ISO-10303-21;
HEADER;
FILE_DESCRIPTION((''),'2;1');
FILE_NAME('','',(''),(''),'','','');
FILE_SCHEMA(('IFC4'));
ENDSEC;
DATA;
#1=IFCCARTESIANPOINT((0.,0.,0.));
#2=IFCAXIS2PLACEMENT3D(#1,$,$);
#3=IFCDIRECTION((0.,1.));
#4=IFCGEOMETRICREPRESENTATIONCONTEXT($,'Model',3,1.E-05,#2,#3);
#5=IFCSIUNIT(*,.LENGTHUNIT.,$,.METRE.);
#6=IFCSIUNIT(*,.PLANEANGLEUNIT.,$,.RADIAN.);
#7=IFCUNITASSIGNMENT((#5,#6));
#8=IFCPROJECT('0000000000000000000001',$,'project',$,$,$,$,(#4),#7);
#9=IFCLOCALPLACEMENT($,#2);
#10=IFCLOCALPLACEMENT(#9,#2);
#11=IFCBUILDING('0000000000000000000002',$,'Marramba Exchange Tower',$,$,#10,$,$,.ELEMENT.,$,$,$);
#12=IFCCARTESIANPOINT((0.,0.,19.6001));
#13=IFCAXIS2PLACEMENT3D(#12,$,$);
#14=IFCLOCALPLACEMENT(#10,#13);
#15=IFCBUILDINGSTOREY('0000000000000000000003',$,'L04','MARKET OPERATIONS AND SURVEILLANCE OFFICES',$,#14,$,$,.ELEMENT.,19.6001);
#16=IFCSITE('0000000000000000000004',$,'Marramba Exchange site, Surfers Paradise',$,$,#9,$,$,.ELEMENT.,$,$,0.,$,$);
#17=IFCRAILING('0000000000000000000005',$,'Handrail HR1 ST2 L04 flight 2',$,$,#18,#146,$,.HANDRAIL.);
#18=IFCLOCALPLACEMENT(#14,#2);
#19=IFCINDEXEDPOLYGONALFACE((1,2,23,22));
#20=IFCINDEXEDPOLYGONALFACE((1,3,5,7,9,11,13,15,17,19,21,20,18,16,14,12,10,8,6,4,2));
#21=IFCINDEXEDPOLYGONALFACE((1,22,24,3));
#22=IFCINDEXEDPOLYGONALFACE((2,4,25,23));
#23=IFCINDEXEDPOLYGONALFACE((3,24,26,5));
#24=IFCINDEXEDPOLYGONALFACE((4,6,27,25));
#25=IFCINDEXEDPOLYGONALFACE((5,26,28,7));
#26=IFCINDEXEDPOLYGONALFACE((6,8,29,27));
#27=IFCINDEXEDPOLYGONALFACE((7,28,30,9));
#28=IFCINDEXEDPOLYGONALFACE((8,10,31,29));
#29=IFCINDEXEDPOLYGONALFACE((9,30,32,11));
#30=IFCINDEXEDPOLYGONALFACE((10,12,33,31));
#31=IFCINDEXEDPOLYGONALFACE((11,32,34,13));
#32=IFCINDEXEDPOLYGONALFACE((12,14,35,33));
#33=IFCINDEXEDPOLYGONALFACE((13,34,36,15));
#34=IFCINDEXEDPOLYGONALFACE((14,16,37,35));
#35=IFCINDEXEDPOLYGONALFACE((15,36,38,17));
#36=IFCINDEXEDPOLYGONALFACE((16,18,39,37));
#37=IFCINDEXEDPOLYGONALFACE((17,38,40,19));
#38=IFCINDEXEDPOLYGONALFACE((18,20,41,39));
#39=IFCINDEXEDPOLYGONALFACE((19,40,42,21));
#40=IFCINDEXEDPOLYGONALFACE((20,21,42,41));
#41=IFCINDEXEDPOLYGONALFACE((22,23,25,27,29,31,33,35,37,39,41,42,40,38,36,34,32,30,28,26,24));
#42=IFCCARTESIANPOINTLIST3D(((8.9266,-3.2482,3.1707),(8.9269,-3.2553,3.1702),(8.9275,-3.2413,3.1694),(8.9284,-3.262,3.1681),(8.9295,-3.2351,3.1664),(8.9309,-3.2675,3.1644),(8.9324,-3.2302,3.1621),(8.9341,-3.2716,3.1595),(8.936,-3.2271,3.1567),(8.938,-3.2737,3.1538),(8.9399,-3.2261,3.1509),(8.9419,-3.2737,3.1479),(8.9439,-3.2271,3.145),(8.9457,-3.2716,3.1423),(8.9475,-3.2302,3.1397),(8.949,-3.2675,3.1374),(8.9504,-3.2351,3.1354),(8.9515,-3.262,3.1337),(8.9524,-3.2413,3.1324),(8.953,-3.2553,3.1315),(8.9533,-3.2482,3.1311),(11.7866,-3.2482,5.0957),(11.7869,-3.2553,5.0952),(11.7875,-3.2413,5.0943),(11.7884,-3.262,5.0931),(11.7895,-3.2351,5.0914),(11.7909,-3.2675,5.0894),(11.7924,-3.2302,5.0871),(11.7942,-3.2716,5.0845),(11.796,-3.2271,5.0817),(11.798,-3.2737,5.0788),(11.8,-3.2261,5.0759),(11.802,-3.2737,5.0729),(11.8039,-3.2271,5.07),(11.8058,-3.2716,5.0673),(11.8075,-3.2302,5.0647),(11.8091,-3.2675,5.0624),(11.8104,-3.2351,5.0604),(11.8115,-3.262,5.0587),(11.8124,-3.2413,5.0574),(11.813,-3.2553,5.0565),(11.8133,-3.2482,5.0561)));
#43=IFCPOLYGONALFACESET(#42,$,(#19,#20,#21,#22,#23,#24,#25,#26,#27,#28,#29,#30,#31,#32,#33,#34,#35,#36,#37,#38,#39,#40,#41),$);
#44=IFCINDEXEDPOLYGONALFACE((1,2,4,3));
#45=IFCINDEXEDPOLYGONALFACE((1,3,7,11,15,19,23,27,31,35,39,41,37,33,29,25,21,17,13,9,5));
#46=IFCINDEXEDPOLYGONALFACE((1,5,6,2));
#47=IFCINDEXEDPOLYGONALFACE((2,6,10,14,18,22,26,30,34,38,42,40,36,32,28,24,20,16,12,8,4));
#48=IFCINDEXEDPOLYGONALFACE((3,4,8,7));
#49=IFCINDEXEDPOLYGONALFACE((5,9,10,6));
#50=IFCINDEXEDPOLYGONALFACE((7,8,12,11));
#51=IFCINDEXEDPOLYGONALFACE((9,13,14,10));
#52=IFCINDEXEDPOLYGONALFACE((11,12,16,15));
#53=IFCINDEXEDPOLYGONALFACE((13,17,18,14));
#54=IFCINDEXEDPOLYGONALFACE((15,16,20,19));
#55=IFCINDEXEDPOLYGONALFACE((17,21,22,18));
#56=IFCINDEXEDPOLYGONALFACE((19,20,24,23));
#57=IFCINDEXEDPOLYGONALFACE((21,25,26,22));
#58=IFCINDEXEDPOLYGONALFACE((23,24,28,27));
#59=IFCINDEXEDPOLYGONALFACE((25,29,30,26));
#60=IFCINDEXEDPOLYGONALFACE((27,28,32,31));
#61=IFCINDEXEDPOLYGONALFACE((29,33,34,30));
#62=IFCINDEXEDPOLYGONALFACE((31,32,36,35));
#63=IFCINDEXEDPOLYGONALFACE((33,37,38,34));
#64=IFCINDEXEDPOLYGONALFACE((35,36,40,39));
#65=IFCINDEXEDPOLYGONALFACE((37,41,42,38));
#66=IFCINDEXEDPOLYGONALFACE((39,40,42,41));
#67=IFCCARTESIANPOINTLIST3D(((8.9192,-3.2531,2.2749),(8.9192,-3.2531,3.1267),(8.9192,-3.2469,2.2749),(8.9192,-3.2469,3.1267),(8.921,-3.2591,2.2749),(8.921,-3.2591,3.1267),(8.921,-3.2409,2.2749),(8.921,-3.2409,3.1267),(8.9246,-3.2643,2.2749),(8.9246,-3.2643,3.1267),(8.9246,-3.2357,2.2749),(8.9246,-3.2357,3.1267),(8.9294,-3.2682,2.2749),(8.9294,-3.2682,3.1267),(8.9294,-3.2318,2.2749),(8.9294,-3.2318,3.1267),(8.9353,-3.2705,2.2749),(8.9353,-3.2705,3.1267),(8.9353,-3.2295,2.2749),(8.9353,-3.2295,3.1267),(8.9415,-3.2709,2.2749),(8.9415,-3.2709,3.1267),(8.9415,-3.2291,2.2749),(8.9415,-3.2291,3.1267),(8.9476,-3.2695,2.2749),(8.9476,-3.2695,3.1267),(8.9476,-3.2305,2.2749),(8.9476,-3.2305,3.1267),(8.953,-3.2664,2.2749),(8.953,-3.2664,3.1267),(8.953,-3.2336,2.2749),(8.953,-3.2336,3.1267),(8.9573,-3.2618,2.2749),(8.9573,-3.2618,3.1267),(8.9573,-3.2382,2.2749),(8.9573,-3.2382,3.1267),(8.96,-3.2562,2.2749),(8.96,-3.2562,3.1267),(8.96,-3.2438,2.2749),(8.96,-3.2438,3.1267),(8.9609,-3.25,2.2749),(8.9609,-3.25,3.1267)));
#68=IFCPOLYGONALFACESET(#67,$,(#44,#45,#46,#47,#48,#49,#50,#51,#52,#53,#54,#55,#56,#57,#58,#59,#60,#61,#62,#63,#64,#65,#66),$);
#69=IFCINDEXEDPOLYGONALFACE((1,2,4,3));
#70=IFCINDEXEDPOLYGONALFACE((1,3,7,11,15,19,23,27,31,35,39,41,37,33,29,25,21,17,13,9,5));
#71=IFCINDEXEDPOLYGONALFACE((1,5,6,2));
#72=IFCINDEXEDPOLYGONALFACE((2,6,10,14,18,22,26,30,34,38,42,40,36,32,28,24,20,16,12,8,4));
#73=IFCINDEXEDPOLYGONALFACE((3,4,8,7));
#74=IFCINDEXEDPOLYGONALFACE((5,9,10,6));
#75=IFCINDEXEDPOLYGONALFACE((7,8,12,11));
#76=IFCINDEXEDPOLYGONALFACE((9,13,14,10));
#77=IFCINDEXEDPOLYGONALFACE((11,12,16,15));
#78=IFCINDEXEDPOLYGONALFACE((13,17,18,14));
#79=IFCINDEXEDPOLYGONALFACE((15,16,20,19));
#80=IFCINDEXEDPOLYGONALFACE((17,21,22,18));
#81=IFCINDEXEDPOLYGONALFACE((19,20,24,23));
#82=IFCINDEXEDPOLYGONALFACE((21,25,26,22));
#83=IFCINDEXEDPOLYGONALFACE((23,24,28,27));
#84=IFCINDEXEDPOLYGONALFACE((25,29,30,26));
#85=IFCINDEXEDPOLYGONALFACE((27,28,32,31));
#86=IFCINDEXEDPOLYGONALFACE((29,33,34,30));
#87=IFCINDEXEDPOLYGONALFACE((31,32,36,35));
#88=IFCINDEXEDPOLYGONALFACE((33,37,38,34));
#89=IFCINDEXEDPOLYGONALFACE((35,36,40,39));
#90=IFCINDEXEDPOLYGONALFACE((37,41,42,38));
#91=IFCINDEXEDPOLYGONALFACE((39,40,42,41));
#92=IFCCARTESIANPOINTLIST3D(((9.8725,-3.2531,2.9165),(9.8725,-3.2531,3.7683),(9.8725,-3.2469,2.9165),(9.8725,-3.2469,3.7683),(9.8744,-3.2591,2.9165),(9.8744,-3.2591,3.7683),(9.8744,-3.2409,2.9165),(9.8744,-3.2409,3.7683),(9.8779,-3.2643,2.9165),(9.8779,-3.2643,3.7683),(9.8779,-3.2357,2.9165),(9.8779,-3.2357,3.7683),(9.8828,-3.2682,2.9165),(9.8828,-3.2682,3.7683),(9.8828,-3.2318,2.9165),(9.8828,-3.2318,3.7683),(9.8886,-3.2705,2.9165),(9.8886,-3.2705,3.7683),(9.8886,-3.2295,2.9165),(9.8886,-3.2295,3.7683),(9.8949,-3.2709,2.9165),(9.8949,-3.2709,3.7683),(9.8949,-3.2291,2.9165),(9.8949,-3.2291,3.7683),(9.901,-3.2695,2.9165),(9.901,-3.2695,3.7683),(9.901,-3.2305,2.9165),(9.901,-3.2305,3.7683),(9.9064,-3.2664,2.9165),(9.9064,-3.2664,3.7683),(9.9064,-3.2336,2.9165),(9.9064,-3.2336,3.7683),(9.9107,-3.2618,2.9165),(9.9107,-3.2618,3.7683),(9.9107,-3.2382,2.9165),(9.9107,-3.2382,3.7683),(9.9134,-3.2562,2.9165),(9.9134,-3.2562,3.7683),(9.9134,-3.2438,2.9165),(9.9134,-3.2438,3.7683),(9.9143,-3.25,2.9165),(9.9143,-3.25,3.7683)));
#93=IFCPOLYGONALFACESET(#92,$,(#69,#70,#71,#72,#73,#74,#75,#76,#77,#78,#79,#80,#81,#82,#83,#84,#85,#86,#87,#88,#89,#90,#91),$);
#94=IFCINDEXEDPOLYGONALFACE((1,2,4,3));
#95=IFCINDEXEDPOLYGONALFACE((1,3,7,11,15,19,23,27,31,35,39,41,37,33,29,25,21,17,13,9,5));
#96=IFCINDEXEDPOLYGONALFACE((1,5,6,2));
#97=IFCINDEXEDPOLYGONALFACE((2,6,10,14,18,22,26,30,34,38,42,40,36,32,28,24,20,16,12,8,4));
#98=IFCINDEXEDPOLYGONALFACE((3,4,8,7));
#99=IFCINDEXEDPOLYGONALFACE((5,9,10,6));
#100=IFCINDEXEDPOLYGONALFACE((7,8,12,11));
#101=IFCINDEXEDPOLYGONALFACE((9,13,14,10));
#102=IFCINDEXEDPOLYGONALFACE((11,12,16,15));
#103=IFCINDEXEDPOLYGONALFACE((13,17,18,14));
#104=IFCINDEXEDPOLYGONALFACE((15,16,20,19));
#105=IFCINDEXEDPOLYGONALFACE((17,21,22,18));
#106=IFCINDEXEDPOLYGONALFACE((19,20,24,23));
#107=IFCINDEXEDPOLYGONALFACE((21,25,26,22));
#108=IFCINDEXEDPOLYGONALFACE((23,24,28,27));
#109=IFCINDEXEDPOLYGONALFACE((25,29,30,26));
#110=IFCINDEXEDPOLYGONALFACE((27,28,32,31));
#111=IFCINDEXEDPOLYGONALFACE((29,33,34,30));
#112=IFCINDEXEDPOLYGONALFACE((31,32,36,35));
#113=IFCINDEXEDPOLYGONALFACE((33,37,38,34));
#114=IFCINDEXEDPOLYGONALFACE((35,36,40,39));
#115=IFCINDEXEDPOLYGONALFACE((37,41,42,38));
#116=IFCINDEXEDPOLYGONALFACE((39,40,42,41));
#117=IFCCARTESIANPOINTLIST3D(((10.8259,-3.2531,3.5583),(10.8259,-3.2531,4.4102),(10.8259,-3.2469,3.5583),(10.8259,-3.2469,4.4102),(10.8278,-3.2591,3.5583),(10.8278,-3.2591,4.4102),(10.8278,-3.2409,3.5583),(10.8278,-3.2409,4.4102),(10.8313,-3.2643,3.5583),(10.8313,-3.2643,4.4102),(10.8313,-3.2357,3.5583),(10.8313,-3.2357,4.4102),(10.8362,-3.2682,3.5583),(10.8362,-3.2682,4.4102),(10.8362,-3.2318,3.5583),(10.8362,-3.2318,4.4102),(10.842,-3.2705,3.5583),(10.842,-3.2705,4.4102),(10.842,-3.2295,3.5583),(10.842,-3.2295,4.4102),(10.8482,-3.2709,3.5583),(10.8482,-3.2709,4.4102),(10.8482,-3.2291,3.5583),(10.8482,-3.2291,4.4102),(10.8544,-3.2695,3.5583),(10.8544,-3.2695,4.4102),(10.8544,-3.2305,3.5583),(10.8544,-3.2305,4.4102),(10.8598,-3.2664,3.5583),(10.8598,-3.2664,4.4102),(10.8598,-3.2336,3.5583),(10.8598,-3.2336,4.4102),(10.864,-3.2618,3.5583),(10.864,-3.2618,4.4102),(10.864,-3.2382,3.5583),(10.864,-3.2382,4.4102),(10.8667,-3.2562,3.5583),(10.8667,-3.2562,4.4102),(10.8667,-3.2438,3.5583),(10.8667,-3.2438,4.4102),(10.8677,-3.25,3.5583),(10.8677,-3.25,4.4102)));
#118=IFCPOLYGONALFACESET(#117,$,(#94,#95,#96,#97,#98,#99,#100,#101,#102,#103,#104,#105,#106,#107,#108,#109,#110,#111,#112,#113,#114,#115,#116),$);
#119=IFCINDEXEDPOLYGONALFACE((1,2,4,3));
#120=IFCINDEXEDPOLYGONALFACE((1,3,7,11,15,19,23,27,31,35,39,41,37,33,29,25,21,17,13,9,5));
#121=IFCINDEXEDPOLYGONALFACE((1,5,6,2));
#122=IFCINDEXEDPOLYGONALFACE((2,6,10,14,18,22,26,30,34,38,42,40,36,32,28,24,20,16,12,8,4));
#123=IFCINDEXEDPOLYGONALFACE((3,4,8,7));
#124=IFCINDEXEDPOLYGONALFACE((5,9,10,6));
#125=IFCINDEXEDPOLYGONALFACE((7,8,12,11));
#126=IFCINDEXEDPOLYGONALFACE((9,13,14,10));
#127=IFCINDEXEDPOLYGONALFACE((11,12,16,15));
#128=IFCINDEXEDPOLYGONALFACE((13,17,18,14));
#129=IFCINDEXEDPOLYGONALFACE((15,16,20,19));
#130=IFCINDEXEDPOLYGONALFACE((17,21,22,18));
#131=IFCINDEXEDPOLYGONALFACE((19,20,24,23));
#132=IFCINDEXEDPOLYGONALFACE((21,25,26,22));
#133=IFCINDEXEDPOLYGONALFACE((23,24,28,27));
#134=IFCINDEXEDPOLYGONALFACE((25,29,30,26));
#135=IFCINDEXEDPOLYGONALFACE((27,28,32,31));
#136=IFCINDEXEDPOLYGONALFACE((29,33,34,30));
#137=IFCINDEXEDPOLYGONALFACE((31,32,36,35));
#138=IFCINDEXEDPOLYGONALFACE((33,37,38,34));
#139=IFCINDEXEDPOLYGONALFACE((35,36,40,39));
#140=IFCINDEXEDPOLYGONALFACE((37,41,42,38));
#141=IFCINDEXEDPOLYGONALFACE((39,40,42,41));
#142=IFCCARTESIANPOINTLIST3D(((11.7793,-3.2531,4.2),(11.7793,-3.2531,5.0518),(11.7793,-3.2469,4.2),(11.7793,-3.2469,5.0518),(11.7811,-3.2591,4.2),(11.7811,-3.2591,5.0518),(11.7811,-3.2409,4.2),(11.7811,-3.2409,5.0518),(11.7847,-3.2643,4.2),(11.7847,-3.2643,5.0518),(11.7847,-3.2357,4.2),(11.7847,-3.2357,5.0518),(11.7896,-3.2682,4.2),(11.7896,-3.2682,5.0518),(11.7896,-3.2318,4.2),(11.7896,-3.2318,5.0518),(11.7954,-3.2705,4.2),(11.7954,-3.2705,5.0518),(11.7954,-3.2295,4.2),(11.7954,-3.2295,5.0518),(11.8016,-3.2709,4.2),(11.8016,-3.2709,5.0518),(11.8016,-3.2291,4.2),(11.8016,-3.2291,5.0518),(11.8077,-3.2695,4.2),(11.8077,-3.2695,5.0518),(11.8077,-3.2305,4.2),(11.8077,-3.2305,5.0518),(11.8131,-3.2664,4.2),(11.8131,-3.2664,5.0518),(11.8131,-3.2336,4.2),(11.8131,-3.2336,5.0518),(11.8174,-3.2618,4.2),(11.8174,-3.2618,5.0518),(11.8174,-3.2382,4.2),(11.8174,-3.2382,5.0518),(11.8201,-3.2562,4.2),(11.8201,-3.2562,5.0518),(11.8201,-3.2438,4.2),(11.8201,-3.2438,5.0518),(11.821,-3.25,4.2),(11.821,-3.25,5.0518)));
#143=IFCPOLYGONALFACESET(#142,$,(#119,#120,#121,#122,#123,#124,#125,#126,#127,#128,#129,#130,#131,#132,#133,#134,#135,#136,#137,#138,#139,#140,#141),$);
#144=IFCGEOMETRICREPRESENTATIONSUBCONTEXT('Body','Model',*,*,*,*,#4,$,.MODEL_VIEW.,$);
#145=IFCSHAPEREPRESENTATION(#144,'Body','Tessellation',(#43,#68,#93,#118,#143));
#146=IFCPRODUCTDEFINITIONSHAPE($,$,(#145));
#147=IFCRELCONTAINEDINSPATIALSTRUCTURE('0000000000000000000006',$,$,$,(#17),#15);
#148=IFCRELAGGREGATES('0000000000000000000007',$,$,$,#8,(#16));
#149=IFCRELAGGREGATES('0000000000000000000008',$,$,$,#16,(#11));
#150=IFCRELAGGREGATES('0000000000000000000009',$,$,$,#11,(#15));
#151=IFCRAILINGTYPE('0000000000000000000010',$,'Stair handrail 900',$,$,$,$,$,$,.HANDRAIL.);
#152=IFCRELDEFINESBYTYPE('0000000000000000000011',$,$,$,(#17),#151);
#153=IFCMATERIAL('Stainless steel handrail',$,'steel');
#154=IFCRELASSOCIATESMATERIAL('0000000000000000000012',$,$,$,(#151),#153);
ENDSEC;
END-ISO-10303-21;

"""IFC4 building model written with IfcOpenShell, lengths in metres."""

from ifc_helpers import new_model, si_unit, direction, frame, origin, origin_2d, place, context, subcontext, project, spatial, circle, extrude, material, type_object, element, save


model = new_model("IFC4")

# Units and contexts
model_context = context("Model", 3, precision=1e-05, world=origin(), true_north=direction((0.0, 1.0)))
body_context = subcontext(model_context, "Body", "Model", "MODEL_VIEW")
ifc_project = project(units=[si_unit("LENGTHUNIT", "METRE"), si_unit("PLANEANGLEUNIT", "RADIAN")], contexts=[model_context])

# Site, building, storey
site_placement = place(None, origin())
site = spatial("IfcSite", under=ifc_project, at=site_placement, Name="Marramba Exchange site, Surfers Paradise", CompositionType="ELEMENT", RefElevation=0.0)
building_placement = place(site_placement, origin())
building = spatial("IfcBuilding", under=site, at=building_placement, Name="Marramba Exchange Tower", CompositionType="ELEMENT")
storey_placement = place(building_placement, frame((0.0, 0.0, 19.6001)))
storey = spatial("IfcBuildingStorey", under=building, at=storey_placement, Name="L04", Description="MARKET OPERATIONS AND SURVEILLANCE OFFICES", CompositionType="ELEMENT", Elevation=19.6001)

# Railing
ifc_material_1 = material(Name="Stainless steel handrail", Category="steel")
railing_type = type_object("IfcRailingType", Name="Stair handrail 900", PredefinedType="HANDRAIL", material=ifc_material_1)
railing_placement = place(storey_placement, frame((8.9399, -3.25, 2.2749)))
element("IfcRailing", 1, at=railing_placement, inside=storey, type_object=railing_type, Name="Handrail HR1 ST2 L04 flight 2", PredefinedType="HANDRAIL", context=body_context, shape_type="SweptSolid", body=[
    extrude(circle(Radius=0.0239, at=origin_2d()), frame((0.0, 0.0, 0.876), z_axis=(0.829591, 0.0, 0.558372), x_axis=(0.0, 1.0, 0.0)), (0.0, 0.0, 1.0), 3.4475),
    extrude(circle(Radius=0.021, at=origin_2d()), origin(), (0.0, 0.0, 1.0), 0.8518),
    extrude(circle(Radius=0.021, at=origin_2d()), frame((0.9534, 0.0, 0.6416)), (0.0, 0.0, 1.0), 0.8518),
    extrude(circle(Radius=0.021, at=origin_2d()), frame((1.9067, 0.0, 1.2834)), (0.0, 0.0, 1.0), 0.8518),
    extrude(circle(Radius=0.021, at=origin_2d()), frame((2.8601, 0.0, 1.925)), (0.0, 0.0, 1.0), 0.8518),
])

save(model, "model.ifc")
